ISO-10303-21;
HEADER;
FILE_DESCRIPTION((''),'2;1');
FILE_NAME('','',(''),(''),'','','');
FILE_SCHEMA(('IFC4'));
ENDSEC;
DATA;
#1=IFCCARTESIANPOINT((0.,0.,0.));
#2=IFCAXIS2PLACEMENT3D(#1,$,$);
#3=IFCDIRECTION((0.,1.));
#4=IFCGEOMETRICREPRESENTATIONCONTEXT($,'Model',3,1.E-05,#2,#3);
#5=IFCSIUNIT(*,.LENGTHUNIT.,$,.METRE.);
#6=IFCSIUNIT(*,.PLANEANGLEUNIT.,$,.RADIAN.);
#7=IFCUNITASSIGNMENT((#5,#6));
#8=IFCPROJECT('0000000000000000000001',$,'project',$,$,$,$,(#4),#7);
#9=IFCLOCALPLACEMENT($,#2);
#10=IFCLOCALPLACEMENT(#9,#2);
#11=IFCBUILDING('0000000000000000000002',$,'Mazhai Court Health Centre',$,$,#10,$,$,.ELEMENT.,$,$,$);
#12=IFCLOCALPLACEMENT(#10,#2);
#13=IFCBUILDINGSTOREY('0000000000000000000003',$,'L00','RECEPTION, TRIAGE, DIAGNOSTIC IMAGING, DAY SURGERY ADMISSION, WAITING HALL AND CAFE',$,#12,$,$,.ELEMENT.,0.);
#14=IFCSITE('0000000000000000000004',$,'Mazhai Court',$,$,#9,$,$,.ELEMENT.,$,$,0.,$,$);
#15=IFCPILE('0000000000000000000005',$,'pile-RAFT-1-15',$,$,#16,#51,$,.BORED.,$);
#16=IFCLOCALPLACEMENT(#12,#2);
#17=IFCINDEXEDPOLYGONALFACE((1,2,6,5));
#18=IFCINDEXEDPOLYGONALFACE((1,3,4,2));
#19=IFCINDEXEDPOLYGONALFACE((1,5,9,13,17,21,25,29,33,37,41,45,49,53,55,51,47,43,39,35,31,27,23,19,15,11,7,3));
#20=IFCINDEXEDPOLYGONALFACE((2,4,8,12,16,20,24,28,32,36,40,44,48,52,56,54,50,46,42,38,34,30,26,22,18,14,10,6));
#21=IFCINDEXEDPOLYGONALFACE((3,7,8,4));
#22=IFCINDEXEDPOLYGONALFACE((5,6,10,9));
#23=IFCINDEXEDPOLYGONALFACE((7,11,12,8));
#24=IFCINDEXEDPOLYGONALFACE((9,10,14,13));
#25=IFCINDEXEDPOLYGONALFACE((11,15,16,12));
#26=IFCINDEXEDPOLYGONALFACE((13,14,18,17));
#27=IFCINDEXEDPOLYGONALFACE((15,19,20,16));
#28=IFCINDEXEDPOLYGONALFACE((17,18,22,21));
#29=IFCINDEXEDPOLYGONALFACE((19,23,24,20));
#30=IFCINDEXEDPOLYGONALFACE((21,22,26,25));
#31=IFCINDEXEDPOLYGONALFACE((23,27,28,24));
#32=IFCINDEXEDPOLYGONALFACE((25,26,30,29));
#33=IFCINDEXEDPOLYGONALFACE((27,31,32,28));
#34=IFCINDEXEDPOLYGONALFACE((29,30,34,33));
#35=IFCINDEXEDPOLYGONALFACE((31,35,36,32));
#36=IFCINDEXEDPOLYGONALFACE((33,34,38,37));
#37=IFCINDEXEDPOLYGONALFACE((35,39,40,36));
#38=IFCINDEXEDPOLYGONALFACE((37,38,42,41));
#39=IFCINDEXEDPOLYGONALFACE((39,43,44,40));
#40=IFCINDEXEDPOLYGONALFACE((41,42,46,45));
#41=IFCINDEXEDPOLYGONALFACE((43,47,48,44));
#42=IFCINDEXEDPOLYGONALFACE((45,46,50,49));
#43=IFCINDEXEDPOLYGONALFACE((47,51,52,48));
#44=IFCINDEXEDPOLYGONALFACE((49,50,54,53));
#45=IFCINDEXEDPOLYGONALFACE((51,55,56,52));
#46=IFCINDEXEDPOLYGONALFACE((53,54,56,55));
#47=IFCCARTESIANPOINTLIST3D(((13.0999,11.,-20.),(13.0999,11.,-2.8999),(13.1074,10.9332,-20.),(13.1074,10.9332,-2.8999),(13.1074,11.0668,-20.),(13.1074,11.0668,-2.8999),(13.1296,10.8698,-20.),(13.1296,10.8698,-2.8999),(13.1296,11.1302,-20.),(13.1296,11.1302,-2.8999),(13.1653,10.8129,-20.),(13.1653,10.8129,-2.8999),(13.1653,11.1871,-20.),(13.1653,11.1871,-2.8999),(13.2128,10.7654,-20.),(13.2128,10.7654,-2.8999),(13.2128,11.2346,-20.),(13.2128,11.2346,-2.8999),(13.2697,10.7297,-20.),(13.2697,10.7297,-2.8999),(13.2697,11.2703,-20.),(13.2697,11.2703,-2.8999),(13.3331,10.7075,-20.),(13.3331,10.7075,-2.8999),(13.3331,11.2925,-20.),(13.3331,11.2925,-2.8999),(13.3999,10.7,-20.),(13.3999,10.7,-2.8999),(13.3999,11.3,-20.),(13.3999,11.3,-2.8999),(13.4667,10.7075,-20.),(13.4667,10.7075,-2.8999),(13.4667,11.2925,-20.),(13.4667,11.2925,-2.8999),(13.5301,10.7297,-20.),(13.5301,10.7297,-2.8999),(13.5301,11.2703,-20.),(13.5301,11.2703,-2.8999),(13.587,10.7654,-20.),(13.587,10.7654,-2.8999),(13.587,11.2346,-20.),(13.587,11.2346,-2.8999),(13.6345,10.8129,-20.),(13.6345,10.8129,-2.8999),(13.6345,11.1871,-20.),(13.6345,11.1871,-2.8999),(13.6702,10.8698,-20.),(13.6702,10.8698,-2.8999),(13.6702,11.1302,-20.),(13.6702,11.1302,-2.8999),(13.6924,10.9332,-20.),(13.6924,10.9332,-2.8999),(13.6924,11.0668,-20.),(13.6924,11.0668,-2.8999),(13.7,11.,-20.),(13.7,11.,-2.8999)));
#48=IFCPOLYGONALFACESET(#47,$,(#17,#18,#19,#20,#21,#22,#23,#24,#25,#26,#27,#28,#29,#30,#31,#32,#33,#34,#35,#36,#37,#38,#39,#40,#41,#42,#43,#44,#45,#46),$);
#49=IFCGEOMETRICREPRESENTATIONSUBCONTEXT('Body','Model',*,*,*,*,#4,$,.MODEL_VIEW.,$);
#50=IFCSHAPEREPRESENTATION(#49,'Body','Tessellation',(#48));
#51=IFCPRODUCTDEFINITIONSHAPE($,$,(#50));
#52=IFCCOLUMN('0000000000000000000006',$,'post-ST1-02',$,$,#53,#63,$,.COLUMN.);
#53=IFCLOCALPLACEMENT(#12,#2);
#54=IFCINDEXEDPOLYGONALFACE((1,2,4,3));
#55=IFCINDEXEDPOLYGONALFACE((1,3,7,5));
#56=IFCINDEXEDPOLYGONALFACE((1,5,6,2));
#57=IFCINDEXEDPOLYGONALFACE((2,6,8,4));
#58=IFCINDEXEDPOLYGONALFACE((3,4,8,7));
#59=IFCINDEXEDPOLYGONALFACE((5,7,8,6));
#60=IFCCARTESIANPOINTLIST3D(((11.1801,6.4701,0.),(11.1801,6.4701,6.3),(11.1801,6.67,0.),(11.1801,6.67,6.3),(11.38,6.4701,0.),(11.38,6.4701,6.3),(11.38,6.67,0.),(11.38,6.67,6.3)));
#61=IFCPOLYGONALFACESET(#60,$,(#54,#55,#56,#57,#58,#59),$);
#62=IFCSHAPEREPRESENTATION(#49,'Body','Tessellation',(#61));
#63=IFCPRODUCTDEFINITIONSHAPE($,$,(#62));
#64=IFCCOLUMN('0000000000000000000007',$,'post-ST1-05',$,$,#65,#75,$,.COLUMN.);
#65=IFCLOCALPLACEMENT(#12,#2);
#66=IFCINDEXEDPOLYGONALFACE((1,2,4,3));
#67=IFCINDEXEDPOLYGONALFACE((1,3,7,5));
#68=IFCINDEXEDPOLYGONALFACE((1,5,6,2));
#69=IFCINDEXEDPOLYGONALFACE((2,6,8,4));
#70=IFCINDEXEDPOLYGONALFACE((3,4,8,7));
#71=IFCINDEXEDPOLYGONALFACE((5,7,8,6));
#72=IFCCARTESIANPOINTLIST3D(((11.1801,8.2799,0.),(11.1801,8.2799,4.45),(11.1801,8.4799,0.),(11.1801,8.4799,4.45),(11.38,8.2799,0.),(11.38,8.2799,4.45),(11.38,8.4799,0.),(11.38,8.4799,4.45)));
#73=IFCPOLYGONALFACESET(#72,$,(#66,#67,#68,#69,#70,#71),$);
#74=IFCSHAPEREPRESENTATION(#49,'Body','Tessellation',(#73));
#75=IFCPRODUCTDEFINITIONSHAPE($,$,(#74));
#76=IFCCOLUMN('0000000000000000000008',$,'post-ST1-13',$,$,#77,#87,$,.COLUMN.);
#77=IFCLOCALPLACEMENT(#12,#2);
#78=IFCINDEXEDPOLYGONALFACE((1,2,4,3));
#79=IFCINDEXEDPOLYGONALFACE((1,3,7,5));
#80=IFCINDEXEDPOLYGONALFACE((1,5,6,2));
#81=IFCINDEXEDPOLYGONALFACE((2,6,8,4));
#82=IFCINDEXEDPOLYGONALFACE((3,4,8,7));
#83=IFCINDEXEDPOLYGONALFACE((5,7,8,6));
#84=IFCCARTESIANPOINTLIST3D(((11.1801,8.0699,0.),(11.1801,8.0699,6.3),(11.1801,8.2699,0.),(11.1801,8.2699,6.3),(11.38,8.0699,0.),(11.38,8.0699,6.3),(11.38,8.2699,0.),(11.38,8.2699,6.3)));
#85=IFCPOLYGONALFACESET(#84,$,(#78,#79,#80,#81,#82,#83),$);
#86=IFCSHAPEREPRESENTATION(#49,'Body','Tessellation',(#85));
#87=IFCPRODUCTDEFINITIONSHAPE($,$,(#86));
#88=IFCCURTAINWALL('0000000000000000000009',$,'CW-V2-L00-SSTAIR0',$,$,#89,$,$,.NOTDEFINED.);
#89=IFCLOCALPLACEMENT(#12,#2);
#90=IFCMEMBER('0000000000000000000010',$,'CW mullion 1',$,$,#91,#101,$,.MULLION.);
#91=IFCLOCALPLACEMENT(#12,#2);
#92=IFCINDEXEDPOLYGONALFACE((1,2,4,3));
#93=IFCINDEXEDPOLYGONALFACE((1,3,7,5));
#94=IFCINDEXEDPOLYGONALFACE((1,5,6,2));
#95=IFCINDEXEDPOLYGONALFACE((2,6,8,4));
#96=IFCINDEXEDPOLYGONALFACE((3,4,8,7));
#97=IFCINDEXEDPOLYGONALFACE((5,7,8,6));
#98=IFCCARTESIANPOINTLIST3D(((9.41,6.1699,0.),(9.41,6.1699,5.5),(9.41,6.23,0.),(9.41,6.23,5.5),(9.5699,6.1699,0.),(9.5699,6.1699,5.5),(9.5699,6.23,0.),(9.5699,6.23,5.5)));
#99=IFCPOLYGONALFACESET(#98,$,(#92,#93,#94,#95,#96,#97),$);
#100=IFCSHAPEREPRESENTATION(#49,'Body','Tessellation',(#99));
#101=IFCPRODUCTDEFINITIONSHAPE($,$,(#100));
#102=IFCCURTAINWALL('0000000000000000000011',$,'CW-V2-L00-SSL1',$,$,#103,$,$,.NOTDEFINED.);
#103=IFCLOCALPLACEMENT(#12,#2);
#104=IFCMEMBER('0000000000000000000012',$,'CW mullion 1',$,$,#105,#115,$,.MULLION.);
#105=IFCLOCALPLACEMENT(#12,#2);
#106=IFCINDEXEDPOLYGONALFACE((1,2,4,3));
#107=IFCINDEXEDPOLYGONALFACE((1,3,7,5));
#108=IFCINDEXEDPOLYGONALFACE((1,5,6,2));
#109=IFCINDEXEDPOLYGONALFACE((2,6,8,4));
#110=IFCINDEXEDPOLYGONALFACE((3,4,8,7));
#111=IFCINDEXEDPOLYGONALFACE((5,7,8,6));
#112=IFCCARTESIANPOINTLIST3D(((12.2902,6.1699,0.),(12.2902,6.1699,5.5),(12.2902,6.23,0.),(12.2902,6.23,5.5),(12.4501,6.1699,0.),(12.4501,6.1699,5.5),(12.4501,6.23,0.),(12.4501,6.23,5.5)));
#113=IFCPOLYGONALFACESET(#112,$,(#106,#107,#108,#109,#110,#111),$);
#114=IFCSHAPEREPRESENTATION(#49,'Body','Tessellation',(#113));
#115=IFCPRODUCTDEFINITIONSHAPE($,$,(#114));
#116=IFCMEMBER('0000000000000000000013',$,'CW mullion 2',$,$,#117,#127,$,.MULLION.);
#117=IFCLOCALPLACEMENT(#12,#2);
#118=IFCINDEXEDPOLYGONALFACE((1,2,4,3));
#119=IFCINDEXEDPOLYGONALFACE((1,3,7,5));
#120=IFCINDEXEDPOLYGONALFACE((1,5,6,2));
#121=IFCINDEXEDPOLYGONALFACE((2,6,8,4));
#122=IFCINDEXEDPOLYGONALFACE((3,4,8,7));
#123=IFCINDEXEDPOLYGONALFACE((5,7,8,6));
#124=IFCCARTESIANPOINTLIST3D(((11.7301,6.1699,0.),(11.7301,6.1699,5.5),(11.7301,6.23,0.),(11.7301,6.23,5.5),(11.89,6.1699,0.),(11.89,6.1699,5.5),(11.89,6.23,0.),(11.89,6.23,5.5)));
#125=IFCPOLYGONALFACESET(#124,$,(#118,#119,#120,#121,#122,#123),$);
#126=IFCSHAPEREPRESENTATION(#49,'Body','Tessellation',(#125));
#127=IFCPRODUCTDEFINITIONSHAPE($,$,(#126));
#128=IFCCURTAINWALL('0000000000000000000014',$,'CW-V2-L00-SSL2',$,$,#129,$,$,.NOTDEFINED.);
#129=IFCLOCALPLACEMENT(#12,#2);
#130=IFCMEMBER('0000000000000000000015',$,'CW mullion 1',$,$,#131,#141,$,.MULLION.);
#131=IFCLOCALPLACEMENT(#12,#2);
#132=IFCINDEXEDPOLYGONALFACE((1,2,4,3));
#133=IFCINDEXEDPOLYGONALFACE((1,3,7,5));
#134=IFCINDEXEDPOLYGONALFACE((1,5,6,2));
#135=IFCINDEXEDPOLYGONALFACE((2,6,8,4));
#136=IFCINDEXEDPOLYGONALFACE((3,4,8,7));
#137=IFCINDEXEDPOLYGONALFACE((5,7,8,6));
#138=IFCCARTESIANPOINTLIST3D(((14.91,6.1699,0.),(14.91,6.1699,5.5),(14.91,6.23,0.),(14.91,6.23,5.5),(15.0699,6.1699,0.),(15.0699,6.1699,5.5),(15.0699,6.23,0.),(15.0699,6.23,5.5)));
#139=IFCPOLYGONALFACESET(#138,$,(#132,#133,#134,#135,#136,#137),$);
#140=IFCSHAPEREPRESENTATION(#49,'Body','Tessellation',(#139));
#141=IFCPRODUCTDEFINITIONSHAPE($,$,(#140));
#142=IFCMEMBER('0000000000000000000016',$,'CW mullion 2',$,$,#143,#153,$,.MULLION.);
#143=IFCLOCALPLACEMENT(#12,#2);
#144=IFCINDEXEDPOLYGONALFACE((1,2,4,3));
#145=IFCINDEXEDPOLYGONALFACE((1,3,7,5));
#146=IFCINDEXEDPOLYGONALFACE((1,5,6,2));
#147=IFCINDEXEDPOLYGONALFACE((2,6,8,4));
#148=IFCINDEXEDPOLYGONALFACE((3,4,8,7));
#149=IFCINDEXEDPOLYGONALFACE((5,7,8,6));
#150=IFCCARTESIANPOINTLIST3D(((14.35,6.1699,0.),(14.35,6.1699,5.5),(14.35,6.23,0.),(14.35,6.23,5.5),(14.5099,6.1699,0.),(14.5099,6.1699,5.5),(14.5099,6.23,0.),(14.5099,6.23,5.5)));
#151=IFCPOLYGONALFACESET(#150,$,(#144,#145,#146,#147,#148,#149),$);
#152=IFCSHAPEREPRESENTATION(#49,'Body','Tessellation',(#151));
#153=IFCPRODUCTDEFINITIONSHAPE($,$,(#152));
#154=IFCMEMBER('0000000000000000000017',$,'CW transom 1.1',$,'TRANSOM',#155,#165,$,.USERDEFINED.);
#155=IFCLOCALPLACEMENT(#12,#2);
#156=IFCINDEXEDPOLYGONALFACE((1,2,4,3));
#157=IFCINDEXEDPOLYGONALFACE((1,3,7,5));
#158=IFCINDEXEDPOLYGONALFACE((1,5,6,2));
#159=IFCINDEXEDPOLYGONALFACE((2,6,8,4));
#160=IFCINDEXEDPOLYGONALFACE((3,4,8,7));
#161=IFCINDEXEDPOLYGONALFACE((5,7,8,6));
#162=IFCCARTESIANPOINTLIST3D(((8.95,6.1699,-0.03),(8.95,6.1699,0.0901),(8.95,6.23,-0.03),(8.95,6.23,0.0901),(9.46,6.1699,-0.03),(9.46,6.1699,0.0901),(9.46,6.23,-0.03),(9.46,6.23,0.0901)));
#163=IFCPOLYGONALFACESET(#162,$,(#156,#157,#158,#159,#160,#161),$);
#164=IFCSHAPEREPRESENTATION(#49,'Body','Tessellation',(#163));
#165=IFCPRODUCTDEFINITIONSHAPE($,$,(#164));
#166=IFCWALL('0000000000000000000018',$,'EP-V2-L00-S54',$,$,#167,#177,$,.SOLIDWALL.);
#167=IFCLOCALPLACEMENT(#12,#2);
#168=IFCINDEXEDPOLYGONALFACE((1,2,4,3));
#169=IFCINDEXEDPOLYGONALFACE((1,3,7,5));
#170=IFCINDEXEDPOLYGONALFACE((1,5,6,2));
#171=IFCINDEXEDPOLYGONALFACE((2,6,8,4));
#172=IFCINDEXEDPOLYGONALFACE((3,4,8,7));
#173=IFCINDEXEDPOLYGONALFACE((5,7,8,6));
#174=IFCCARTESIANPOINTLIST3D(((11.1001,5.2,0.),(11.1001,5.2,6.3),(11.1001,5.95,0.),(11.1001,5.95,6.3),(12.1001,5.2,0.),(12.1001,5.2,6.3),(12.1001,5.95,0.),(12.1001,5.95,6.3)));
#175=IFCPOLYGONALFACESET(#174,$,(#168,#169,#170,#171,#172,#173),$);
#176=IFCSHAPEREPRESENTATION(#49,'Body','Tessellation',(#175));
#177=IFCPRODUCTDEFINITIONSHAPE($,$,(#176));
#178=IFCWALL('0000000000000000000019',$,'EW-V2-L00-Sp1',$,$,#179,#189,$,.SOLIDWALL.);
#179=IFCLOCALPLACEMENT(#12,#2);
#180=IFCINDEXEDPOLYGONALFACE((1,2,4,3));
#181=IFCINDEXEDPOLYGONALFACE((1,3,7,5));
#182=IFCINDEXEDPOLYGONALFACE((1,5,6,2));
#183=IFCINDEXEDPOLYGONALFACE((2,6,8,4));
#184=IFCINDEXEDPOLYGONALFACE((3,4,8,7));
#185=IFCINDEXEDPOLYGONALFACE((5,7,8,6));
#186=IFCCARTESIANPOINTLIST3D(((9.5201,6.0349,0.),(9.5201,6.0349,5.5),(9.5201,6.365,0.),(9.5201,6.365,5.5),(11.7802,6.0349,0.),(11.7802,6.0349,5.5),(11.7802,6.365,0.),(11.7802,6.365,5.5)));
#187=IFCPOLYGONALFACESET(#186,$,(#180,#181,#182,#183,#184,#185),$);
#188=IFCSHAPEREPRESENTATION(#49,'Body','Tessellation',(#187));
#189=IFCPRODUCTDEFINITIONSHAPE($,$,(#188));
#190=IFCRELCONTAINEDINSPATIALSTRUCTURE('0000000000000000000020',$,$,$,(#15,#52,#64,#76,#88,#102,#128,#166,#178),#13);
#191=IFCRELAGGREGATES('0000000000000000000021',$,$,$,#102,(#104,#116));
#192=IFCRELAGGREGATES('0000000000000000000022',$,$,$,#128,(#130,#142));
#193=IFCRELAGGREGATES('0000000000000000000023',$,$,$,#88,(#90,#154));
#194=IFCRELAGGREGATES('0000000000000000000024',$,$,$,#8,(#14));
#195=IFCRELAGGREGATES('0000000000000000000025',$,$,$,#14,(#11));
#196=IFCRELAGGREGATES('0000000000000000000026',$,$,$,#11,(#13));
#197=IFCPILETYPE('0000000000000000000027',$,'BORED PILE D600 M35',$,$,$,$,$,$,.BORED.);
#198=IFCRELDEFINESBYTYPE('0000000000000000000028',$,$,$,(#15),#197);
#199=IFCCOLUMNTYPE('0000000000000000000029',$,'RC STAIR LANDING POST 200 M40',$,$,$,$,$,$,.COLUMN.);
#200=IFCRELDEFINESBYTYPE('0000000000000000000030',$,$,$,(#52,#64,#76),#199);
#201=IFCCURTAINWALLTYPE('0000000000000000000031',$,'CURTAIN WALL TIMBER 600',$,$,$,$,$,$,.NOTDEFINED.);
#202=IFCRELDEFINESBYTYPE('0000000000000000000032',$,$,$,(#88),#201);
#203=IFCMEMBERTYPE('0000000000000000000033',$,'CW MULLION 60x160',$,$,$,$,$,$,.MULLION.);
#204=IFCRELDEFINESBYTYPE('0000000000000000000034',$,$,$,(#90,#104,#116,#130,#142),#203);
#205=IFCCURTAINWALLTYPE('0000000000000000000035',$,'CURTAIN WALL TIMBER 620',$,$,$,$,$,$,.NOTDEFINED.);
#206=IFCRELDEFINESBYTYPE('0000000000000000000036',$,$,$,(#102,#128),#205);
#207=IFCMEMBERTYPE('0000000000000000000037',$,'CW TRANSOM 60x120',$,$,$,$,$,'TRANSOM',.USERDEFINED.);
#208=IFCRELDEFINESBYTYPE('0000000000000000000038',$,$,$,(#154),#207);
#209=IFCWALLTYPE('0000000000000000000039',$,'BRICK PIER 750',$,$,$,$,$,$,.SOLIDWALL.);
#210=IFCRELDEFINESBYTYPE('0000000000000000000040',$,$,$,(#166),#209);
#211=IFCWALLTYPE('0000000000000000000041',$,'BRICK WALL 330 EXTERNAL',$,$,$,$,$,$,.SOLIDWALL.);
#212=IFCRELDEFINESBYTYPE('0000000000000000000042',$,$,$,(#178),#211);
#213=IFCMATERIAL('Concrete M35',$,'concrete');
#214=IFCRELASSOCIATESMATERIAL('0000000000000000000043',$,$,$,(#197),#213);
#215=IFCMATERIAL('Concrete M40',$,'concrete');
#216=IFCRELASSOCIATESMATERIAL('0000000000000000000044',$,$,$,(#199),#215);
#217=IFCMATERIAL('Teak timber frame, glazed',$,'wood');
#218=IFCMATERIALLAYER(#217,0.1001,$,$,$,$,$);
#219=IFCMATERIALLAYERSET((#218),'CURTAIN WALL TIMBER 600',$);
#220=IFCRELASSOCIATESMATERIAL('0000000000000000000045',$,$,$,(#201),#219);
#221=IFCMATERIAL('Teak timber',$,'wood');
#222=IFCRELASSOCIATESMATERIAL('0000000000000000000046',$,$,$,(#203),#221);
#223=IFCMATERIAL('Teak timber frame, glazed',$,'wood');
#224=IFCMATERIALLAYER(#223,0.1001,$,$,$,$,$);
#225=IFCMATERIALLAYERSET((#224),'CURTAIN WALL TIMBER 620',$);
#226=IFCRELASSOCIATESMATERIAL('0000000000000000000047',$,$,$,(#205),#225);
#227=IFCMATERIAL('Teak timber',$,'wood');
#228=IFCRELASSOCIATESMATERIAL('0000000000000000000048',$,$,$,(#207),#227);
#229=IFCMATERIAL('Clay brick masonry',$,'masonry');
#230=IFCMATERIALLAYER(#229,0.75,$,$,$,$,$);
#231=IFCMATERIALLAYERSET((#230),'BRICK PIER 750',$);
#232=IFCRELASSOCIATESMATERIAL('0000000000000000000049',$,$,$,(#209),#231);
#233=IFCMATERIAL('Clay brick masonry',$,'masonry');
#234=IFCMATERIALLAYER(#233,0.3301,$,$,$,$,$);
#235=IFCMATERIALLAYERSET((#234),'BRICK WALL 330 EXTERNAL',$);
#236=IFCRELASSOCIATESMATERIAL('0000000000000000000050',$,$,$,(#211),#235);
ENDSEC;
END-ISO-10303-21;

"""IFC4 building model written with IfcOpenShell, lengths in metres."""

from ifc_helpers import new_model, si_unit, direction, frame, frame_2d, origin, origin_2d, place, context, subcontext, project, spatial, rectangle, circle, extrude, material, layer, layer_set, material_profile, profile_set, type_object, element, aggregate, save


model = new_model("IFC4")

# Units and contexts
model_context = context("Model", 3, precision=1e-05, world=origin(), true_north=direction((0.0, 1.0)))
body_context = subcontext(model_context, "Body", "Model", "MODEL_VIEW")
ifc_project = project(units=[si_unit("LENGTHUNIT", "METRE"), si_unit("PLANEANGLEUNIT", "RADIAN")], contexts=[model_context])

# Site, building, storey
site_placement = place(None, origin())
site = spatial("IfcSite", under=ifc_project, at=site_placement, Name="Mazhai Court", CompositionType="ELEMENT", RefElevation=0.0)
building_placement = place(site_placement, origin())
building = spatial("IfcBuilding", under=site, at=building_placement, Name="Mazhai Court Health Centre", CompositionType="ELEMENT")
storey_placement = place(building_placement, origin())
storey = spatial("IfcBuildingStorey", under=building, at=storey_placement, Name="L00", Description="RECEPTION, TRIAGE, DIAGNOSTIC IMAGING, DAY SURGERY ADMISSION, WAITING HALL AND CAFE", CompositionType="ELEMENT", Elevation=0.0)

# Pile
ifc_material_1 = material(Name="Concrete M35", Category="concrete")
ifc_material_profile_1 = material_profile(ifc_material_1, circle(Radius=0.3, at=origin_2d()), Name="RC PILE D600")
ifc_profile_set_1 = profile_set([ifc_material_profile_1], Name="Concrete M35")
pile_type = type_object("IfcPileType", Name="BORED PILE D600 M35", PredefinedType="BORED", material=ifc_profile_set_1)
for number, where, z_axis, x_axis, name in (
    (1, (13.3999, 11.0, -2.8999), (0.0, 0.0, -1.0), (1.0, 0.0, 0.0), "pile-RAFT-1-15"),
):
    element("IfcPile", number, at=place(storey_placement, frame(where, z_axis=z_axis, x_axis=x_axis)), inside=storey, type_object=pile_type, Name=name, PredefinedType="BORED", context=body_context, shape_type="SweptSolid", body=[
        extrude(circle(Radius=0.3, at=origin_2d()), origin(), (0.0, 0.0, 1.0), 17.1001),
    ])

# Columns
ifc_material_2 = material(Name="Concrete M40", Category="concrete")
ifc_material_profile_2 = material_profile(ifc_material_2, rectangle(XDim=0.2, YDim=0.2, at=origin_2d()), Name="RC 200x200")
ifc_profile_set_2 = profile_set([ifc_material_profile_2], Name="Concrete M40")
column_type = type_object("IfcColumnType", Name="RC STAIR LANDING POST 200 M40", PredefinedType="COLUMN", material=ifc_profile_set_2)
column_1_placement = place(storey_placement, frame((11.28, 6.5701, 0.0), z_axis=(0.0, 0.0, 1.0), x_axis=(1.0, 0.0, 0.0)))
element("IfcColumn", 2, at=column_1_placement, inside=storey, type_object=column_type, Name="post-ST1-02", PredefinedType="COLUMN", context=body_context, shape_type="SweptSolid", body=[
    extrude(rectangle(XDim=0.2, YDim=0.2, at=origin_2d()), origin(), (0.0, 0.0, 1.0), 6.3),
])
column_2_placement = place(storey_placement, frame((11.28, 8.3799, 0.0), z_axis=(0.0, 0.0, 1.0), x_axis=(1.0, 0.0, 0.0)))
element("IfcColumn", 3, at=column_2_placement, inside=storey, type_object=column_type, Name="post-ST1-05", PredefinedType="COLUMN", context=body_context, shape_type="SweptSolid", body=[
    extrude(rectangle(XDim=0.2, YDim=0.2, at=origin_2d()), origin(), (0.0, 0.0, 1.0), 4.45),
])
column_3_placement = place(storey_placement, frame((11.28, 8.1699, 0.0), z_axis=(0.0, 0.0, 1.0), x_axis=(1.0, 0.0, 0.0)))
element("IfcColumn", 4, at=column_3_placement, inside=storey, type_object=column_type, Name="post-ST1-13", PredefinedType="COLUMN", context=body_context, shape_type="SweptSolid", body=[
    extrude(rectangle(XDim=0.2, YDim=0.2, at=origin_2d()), origin(), (0.0, 0.0, 1.0), 6.3),
])

# Curtain wall, member
ifc_material_3 = material(Name="Teak timber frame, glazed", Category="wood")
ifc_layer_1 = layer(ifc_material_3, 0.1001)
ifc_layer_set_1 = layer_set([ifc_layer_1], Name="CURTAIN WALL TIMBER 600")
curtain_wall_type_1 = type_object("IfcCurtainWallType", Name="CURTAIN WALL TIMBER 600", PredefinedType="NOTDEFINED", material=ifc_layer_set_1)
curtain_wall_1_placement = place(storey_placement, origin())
curtain_wall_1 = element("IfcCurtainWall", 5, at=curtain_wall_1_placement, inside=storey, type_object=curtain_wall_type_1, Name="CW-V2-L00-SSTAIR0", PredefinedType="NOTDEFINED")
ifc_material_4 = material(Name="Teak timber", Category="wood")
ifc_material_profile_3 = material_profile(ifc_material_4, rectangle(XDim=0.0601, YDim=0.1599, at=origin_2d()), Name="CW MULLION 60x160")
ifc_profile_set_3 = profile_set([ifc_material_profile_3], Name="Teak timber")
member_type_1 = type_object("IfcMemberType", Name="CW MULLION 60x160", PredefinedType="MULLION", material=ifc_profile_set_3)
member_1_placement = place(storey_placement, frame((9.49, 6.2, 0.0), z_axis=(0.0, 0.0, 1.0), x_axis=(0.0, -1.0, 0.0)))
member_1 = element("IfcMember", 6, at=member_1_placement, type_object=member_type_1, Name="CW mullion 1", PredefinedType="MULLION", context=body_context, shape_type="SweptSolid", body=[
    extrude(rectangle(XDim=0.0601, YDim=0.1599, at=origin_2d()), origin(), (0.0, 0.0, 1.0), 5.5),
])

# Curtain walls, members
ifc_material_5 = material(Name="Teak timber frame, glazed", Category="wood")
ifc_layer_2 = layer(ifc_material_5, 0.1001)
ifc_layer_set_2 = layer_set([ifc_layer_2], Name="CURTAIN WALL TIMBER 620")
curtain_wall_type_2 = type_object("IfcCurtainWallType", Name="CURTAIN WALL TIMBER 620", PredefinedType="NOTDEFINED", material=ifc_layer_set_2)
curtain_wall_2_placement = place(storey_placement, origin())
curtain_wall_2 = element("IfcCurtainWall", 7, at=curtain_wall_2_placement, inside=storey, type_object=curtain_wall_type_2, Name="CW-V2-L00-SSL1", PredefinedType="NOTDEFINED")
member_2_placement = place(storey_placement, frame((12.3701, 6.2, 0.0), z_axis=(0.0, 0.0, 1.0), x_axis=(0.0, -1.0, 0.0)))
member_2 = element("IfcMember", 8, at=member_2_placement, type_object=member_type_1, Name="CW mullion 1", PredefinedType="MULLION", context=body_context, shape_type="SweptSolid", body=[
    extrude(rectangle(XDim=0.0601, YDim=0.1599, at=origin_2d()), origin(), (0.0, 0.0, 1.0), 5.5),
])
member_3_placement = place(storey_placement, frame((11.8101, 6.2, 0.0), z_axis=(0.0, 0.0, 1.0), x_axis=(0.0, -1.0, 0.0)))
member_3 = element("IfcMember", 9, at=member_3_placement, type_object=member_type_1, Name="CW mullion 2", PredefinedType="MULLION", context=body_context, shape_type="SweptSolid", body=[
    extrude(rectangle(XDim=0.0601, YDim=0.1599, at=origin_2d()), origin(), (0.0, 0.0, 1.0), 5.5),
])
aggregate(curtain_wall_2, [member_2, member_3])
curtain_wall_3_placement = place(storey_placement, origin())
curtain_wall_3 = element("IfcCurtainWall", 10, at=curtain_wall_3_placement, inside=storey, type_object=curtain_wall_type_2, Name="CW-V2-L00-SSL2", PredefinedType="NOTDEFINED")
member_4_placement = place(storey_placement, frame((14.99, 6.2, 0.0), z_axis=(0.0, 0.0, 1.0), x_axis=(0.0, -1.0, 0.0)))
member_4 = element("IfcMember", 11, at=member_4_placement, type_object=member_type_1, Name="CW mullion 1", PredefinedType="MULLION", context=body_context, shape_type="SweptSolid", body=[
    extrude(rectangle(XDim=0.0601, YDim=0.1599, at=origin_2d()), origin(), (0.0, 0.0, 1.0), 5.5),
])
member_5_placement = place(storey_placement, frame((14.4299, 6.2, 0.0), z_axis=(0.0, 0.0, 1.0), x_axis=(0.0, -1.0, 0.0)))
member_5 = element("IfcMember", 12, at=member_5_placement, type_object=member_type_1, Name="CW mullion 2", PredefinedType="MULLION", context=body_context, shape_type="SweptSolid", body=[
    extrude(rectangle(XDim=0.0601, YDim=0.1599, at=origin_2d()), origin(), (0.0, 0.0, 1.0), 5.5),
])
aggregate(curtain_wall_3, [member_4, member_5])

# Member
ifc_material_6 = material(Name="Teak timber", Category="wood")
ifc_material_profile_4 = material_profile(ifc_material_6, rectangle(XDim=0.0601, YDim=0.1201, at=origin_2d()), Name="CW TRANSOM 60x120")
ifc_profile_set_4 = profile_set([ifc_material_profile_4], Name="Teak timber")
member_type_2 = type_object("IfcMemberType", Name="CW TRANSOM 60x120", ElementType="TRANSOM", PredefinedType="USERDEFINED", material=ifc_profile_set_4)
member_6_placement = place(storey_placement, frame((9.46, 6.2, 0.03), z_axis=(-1.0, 0.0, 0.0), x_axis=(0.0, -1.0, 0.0)))
member_6 = element("IfcMember", 13, at=member_6_placement, type_object=member_type_2, Name="CW transom 1.1", ObjectType="TRANSOM", PredefinedType="USERDEFINED", context=body_context, shape_type="SweptSolid", body=[
    extrude(rectangle(XDim=0.0601, YDim=0.1201, at=origin_2d()), origin(), (0.0, 0.0, 1.0), 0.51),
])
aggregate(curtain_wall_1, [member_1, member_6])

# Walls
ifc_material_7 = material(Name="Clay brick masonry", Category="masonry")
ifc_layer_3 = layer(ifc_material_7, 0.75)
ifc_layer_set_3 = layer_set([ifc_layer_3], Name="BRICK PIER 750")
wall_type_1 = type_object("IfcWallType", Name="BRICK PIER 750", PredefinedType="SOLIDWALL", material=ifc_layer_set_3)
wall_1_placement = place(storey_placement, frame((12.1001, 5.575, 0.0), z_axis=(0.0, 0.0, 1.0), x_axis=(-1.0, 0.0, 0.0)))
element("IfcWall", 14, at=wall_1_placement, inside=storey, type_object=wall_type_1, Name="EP-V2-L00-S54", PredefinedType="SOLIDWALL", context=body_context, shape_type="SweptSolid", body=[
    extrude(rectangle(XDim=1.0, YDim=0.75, at=frame_2d((0.5, 0.0))), origin(), (0.0, 0.0, 1.0), 6.3),
])
ifc_material_8 = material(Name="Clay brick masonry", Category="masonry")
ifc_layer_4 = layer(ifc_material_8, 0.3301)
ifc_layer_set_4 = layer_set([ifc_layer_4], Name="BRICK WALL 330 EXTERNAL")
wall_type_2 = type_object("IfcWallType", Name="BRICK WALL 330 EXTERNAL", PredefinedType="SOLIDWALL", material=ifc_layer_set_4)
wall_2_placement = place(storey_placement, frame((11.78, 6.2, 0.0), z_axis=(0.0, 0.0, 1.0), x_axis=(-1.0, 0.0, 0.0)))
element("IfcWall", 15, at=wall_2_placement, inside=storey, type_object=wall_type_2, Name="EW-V2-L00-Sp1", PredefinedType="SOLIDWALL", context=body_context, shape_type="SweptSolid", body=[
    extrude(rectangle(XDim=2.26, YDim=0.3301, at=frame_2d((1.1299, 0.0))), origin(), (0.0, 0.0, 1.0), 5.5),
])

save(model, "model.ifc")
